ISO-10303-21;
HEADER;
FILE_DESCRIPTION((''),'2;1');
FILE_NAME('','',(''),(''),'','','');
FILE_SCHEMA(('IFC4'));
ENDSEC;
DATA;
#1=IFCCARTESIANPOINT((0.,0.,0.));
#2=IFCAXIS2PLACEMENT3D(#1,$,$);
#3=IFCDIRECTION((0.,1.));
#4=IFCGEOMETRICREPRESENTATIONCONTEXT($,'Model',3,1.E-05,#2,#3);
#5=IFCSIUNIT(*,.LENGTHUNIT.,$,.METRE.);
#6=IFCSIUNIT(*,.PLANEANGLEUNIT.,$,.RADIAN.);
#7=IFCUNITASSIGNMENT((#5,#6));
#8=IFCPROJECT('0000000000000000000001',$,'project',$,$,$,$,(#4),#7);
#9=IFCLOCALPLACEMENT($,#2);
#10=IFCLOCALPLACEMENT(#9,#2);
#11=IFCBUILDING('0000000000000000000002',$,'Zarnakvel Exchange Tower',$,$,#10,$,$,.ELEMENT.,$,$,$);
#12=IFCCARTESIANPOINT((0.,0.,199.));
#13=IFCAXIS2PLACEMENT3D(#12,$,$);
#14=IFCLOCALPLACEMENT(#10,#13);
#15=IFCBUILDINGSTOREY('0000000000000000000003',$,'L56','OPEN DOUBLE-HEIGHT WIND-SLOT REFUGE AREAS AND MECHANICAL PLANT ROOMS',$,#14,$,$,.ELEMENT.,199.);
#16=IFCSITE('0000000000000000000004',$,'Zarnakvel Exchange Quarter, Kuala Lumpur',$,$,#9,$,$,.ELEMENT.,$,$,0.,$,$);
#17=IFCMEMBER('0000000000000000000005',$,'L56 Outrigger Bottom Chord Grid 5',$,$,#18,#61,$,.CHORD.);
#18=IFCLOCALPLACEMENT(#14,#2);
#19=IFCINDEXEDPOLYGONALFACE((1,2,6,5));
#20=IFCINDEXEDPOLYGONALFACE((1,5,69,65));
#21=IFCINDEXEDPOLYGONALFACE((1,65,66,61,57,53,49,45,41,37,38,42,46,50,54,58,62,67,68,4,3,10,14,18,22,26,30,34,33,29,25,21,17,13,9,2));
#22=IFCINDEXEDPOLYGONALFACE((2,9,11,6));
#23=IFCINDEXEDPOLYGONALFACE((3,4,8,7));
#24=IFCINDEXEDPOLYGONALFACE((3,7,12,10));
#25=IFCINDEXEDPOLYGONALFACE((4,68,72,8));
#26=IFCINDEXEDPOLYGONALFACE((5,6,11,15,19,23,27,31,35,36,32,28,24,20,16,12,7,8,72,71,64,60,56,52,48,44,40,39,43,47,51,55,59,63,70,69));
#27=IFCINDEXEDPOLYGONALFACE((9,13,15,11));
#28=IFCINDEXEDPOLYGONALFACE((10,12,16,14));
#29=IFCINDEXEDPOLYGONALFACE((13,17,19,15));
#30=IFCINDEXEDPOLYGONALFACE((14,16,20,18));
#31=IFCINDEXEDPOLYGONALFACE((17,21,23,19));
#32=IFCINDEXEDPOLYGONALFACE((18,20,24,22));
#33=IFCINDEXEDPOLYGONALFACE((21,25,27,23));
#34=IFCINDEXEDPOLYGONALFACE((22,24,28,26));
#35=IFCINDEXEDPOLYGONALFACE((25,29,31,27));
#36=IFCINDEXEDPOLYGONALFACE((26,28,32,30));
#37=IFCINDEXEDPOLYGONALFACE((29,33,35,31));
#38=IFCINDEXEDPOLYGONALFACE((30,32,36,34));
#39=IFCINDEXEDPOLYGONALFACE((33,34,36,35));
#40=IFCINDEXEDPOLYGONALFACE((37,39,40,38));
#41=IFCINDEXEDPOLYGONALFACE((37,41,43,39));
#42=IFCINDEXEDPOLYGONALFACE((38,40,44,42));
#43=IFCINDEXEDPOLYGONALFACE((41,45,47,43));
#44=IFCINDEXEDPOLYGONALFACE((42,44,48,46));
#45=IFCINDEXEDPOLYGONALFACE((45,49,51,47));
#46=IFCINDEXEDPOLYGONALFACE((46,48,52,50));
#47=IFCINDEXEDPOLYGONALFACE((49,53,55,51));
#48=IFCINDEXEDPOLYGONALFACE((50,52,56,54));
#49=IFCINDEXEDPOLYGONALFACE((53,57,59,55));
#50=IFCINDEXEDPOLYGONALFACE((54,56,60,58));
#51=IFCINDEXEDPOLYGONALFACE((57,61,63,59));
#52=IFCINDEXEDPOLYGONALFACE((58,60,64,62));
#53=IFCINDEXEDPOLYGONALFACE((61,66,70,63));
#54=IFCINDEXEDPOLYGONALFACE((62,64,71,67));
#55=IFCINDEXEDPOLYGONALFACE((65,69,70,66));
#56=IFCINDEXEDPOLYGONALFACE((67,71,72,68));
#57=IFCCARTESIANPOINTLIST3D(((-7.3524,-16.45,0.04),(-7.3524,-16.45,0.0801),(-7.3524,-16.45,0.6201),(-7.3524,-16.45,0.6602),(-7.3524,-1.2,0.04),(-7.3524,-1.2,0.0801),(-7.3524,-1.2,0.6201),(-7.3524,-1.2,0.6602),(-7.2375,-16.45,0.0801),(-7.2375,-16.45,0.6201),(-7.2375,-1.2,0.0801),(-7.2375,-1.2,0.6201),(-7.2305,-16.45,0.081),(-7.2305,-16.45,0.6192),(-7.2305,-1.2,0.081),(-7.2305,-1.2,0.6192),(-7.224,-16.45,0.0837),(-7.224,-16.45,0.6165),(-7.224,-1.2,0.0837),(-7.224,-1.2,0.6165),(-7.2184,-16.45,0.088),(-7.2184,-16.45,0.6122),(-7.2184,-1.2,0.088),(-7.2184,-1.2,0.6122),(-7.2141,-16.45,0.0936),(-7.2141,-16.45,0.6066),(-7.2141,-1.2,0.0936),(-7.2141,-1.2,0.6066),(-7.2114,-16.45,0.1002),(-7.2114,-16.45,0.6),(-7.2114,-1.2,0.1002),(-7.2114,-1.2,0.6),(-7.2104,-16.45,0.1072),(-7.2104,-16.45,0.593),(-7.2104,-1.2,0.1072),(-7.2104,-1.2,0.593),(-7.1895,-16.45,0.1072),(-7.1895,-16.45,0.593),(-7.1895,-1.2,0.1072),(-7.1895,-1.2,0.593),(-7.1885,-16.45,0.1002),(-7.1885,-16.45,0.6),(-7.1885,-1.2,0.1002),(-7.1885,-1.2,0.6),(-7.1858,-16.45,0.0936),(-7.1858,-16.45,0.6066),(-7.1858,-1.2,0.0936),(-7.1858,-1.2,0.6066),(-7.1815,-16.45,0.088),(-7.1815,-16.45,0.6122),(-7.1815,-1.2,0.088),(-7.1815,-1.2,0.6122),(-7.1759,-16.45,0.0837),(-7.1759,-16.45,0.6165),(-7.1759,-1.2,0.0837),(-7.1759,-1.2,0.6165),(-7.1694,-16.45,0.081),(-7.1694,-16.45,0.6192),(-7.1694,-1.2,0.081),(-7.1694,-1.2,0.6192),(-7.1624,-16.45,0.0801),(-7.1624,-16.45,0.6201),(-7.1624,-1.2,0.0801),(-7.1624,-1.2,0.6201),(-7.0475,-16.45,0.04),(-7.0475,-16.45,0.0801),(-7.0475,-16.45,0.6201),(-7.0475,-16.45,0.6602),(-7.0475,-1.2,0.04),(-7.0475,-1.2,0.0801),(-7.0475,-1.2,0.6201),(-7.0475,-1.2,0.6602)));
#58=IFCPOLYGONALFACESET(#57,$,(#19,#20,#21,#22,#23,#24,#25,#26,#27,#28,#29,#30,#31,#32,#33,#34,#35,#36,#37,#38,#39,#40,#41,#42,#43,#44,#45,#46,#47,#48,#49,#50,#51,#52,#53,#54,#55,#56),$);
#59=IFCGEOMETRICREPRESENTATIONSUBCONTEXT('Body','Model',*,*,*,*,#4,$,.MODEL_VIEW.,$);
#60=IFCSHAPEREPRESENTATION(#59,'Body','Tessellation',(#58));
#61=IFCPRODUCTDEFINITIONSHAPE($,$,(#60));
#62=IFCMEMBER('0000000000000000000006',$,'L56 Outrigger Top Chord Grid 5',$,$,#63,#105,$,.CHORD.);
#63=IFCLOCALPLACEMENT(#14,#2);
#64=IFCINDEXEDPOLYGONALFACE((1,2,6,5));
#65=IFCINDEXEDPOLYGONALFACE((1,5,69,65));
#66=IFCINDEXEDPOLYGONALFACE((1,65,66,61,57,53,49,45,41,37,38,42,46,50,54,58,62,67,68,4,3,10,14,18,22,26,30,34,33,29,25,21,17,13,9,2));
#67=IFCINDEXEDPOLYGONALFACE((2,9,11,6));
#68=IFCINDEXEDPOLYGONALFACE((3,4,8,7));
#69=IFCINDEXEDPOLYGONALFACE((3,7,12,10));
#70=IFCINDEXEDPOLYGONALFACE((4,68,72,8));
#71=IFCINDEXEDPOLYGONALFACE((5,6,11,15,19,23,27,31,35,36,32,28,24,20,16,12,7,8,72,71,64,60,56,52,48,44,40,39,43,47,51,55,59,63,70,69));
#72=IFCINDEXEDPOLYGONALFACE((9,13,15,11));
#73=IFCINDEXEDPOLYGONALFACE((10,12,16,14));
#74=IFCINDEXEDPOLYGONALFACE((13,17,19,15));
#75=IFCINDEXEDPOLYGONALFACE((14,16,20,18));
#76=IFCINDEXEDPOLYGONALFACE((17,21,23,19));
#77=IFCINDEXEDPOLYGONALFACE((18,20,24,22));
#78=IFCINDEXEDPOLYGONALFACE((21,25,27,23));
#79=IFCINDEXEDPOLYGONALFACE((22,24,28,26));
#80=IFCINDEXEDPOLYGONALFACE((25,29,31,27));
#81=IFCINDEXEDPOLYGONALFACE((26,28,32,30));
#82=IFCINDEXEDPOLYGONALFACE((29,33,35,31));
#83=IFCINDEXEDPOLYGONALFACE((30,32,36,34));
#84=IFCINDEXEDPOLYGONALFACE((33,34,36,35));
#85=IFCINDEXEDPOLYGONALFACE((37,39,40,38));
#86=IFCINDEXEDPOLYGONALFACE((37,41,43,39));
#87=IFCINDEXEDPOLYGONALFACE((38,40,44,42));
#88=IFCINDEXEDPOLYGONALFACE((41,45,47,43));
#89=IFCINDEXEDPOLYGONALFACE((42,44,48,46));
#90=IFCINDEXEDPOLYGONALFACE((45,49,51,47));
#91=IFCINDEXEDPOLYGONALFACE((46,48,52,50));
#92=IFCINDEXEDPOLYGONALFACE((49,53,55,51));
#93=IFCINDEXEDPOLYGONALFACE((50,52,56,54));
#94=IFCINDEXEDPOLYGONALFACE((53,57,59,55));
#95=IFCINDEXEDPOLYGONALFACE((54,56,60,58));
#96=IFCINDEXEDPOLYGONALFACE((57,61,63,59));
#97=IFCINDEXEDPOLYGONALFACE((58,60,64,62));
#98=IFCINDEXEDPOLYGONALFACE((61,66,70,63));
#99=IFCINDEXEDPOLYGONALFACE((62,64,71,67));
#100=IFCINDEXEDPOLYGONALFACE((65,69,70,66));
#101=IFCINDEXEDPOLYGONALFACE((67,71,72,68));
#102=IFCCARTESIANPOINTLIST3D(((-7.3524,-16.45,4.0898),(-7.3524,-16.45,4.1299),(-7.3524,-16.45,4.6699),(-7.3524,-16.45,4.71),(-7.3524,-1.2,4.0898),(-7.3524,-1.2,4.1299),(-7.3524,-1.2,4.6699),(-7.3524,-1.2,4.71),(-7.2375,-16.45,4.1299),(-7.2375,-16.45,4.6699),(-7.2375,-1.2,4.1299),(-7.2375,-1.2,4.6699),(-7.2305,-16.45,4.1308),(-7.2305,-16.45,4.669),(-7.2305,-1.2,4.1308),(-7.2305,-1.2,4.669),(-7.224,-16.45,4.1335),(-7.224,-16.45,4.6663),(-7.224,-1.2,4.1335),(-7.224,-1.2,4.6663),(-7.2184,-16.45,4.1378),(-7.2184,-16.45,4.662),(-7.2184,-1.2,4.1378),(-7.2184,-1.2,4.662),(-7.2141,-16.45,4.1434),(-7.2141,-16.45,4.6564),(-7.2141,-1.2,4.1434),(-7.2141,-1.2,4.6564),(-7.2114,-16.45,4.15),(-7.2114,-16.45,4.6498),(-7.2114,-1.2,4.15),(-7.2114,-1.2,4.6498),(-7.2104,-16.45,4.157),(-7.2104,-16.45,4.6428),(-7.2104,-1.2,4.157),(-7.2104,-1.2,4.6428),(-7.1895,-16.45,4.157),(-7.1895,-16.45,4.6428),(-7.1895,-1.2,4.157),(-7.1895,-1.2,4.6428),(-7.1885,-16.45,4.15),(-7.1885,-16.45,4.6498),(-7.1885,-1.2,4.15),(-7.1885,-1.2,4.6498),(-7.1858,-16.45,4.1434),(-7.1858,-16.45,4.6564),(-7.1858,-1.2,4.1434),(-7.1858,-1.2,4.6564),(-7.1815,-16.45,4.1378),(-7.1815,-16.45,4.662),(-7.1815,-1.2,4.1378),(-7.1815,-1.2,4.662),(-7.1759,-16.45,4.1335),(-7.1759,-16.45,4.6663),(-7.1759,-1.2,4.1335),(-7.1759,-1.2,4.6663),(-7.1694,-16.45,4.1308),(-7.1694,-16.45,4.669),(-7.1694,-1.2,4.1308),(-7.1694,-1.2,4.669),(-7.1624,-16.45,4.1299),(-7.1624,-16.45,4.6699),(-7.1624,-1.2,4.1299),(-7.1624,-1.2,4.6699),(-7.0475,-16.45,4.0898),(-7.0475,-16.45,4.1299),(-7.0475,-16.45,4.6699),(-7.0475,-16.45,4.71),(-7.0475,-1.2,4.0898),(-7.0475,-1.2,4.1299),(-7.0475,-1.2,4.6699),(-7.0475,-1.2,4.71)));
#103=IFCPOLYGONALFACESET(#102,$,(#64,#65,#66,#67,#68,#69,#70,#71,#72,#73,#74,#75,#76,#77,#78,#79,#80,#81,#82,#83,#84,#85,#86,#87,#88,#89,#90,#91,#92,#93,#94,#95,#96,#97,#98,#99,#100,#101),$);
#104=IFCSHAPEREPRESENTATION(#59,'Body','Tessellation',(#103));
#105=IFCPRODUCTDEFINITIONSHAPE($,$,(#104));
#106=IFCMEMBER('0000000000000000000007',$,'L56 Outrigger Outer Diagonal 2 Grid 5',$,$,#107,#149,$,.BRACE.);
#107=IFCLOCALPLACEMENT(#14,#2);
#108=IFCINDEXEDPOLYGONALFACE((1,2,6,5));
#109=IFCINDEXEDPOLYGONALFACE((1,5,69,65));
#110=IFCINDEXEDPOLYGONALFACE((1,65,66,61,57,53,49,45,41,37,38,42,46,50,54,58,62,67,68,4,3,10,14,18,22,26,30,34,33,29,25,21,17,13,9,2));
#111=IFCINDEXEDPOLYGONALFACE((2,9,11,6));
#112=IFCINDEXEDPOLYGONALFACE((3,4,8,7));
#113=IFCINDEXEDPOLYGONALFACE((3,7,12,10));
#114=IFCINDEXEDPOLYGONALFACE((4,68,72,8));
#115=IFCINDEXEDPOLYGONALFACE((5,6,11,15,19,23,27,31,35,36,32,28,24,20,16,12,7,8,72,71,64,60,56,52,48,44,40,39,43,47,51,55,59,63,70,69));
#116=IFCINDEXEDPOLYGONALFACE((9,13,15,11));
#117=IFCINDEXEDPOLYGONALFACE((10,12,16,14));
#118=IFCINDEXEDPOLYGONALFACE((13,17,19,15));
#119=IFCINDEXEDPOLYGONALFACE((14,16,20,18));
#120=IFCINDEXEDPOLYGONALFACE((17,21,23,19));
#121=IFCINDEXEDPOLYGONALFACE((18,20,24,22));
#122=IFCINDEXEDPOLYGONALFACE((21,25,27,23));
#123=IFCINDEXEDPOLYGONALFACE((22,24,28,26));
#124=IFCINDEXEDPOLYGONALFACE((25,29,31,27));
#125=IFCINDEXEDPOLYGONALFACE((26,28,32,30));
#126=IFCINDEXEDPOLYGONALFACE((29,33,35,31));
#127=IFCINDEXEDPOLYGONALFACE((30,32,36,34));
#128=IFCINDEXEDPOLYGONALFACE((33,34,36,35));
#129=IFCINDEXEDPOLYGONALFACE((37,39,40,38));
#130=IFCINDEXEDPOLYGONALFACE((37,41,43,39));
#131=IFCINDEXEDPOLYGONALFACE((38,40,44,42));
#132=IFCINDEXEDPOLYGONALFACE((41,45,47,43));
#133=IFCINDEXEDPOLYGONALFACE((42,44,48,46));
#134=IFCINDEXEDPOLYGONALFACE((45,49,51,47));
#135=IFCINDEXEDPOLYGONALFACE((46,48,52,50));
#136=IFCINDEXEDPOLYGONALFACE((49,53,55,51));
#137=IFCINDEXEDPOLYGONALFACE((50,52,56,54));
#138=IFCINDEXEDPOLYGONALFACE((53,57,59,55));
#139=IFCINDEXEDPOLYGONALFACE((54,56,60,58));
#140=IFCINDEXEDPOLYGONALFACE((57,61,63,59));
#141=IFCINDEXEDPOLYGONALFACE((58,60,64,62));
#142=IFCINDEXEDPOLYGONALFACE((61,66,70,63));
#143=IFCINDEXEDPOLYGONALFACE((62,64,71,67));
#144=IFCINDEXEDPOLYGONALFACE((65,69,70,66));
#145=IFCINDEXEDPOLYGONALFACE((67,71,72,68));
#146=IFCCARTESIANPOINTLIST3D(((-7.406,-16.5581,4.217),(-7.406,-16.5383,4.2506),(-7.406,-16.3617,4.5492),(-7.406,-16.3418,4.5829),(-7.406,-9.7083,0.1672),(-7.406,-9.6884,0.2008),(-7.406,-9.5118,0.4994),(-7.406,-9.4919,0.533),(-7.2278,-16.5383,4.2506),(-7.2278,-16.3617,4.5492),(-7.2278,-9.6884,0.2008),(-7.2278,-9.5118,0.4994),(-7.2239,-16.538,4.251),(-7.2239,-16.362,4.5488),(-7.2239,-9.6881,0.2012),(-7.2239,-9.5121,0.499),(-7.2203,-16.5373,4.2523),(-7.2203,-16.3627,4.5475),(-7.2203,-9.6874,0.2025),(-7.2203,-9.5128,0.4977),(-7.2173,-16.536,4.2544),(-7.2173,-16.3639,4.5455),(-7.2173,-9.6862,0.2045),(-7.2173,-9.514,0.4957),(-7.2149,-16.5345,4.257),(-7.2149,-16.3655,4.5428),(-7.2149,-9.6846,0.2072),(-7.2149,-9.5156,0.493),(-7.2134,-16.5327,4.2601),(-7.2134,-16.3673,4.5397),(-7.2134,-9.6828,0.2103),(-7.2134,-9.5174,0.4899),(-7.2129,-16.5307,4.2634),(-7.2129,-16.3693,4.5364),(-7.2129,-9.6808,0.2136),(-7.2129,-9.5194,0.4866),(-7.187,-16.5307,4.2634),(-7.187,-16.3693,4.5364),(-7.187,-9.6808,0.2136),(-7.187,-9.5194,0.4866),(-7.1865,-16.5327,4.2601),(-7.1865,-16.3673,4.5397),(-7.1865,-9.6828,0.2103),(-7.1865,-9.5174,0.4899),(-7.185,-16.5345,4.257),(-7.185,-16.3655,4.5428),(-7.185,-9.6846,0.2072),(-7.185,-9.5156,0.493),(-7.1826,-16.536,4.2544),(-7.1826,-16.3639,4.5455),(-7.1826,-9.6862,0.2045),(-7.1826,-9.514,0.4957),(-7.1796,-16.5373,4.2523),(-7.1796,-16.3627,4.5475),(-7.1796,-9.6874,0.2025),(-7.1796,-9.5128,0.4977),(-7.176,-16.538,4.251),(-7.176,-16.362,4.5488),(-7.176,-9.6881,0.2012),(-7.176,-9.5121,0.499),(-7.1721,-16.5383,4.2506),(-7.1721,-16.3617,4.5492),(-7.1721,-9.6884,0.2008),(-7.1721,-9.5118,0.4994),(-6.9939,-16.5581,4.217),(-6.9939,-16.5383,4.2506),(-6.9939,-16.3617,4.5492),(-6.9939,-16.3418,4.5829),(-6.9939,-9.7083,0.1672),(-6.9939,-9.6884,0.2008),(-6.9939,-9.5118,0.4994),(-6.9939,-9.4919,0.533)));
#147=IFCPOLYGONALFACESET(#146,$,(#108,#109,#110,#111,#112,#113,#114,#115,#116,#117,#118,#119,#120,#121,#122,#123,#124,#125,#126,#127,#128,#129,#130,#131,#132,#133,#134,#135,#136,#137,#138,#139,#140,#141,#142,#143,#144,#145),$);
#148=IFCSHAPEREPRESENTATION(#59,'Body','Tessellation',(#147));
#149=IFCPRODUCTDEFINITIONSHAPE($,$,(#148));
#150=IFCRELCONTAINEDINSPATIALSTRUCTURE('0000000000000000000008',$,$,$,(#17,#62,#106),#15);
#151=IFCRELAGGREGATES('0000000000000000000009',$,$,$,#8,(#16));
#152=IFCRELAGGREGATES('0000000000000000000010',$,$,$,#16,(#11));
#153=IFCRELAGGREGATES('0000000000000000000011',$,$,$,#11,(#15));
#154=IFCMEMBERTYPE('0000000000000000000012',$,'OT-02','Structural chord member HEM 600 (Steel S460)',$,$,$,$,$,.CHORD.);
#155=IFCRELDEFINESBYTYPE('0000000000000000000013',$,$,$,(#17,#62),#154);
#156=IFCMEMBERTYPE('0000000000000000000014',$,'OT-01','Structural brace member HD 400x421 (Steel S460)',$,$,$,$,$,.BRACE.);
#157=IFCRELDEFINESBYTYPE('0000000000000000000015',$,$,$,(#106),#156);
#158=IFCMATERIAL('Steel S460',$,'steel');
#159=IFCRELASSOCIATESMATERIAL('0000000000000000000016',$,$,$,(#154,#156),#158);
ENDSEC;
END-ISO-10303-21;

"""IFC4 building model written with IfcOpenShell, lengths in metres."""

from ifc_helpers import new_model, si_unit, direction, frame, origin, origin_2d, place, context, subcontext, project, spatial, i_section, extrude, source, transform, mapped, material, material_profile, profile_set, type_object, element, save


model = new_model("IFC4")

# Units and contexts
model_context = context("Model", 3, precision=1e-05, world=origin(), true_north=direction((0.0, 1.0)))
body_context = subcontext(model_context, "Body", "Model", "MODEL_VIEW")
ifc_project = project(units=[si_unit("LENGTHUNIT", "METRE"), si_unit("PLANEANGLEUNIT", "RADIAN")], contexts=[model_context])

# Site, building, storey
site_placement = place(None, origin())
site = spatial("IfcSite", under=ifc_project, at=site_placement, Name="Zarnakvel Exchange Quarter, Kuala Lumpur", CompositionType="ELEMENT", RefElevation=0.0)
building_placement = place(site_placement, origin())
building = spatial("IfcBuilding", under=site, at=building_placement, Name="Zarnakvel Exchange Tower", CompositionType="ELEMENT")
storey_placement = place(building_placement, frame((0.0, 0.0, 199.0)))
storey = spatial("IfcBuildingStorey", under=building, at=storey_placement, Name="L56", Description="OPEN DOUBLE-HEIGHT WIND-SLOT REFUGE AREAS AND MECHANICAL PLANT ROOMS", CompositionType="ELEMENT", Elevation=199.0)

# Shared definitions
ifc_material_1 = material(Name="Steel S460", Category="steel")

# Members
ifc_material_profile_1 = material_profile(ifc_material_1, i_section(OverallWidth=0.3049, OverallDepth=0.6201, WebThickness=0.021, FlangeThickness=0.04, FilletRadius=0.0271, at=origin_2d()))
ifc_profile_set_1 = profile_set([ifc_material_profile_1], Name="Steel S460")
member_type_1 = type_object("IfcMemberType", Name="OT-02", Description="Structural chord member HEM 600 (Steel S460)", PredefinedType="CHORD", material=ifc_profile_set_1)
shared_shape_1 = source(origin(), body_context, "Body", "SweptSolid", [
    extrude(i_section(OverallWidth=0.3049, OverallDepth=0.6201, WebThickness=0.021, FlangeThickness=0.04, FilletRadius=0.0271, at=origin_2d()), origin(), (0.0, 0.0, 1.0), 15.25),
])
for number, where, z_axis, x_axis, name in (
    (1, (-7.2, -16.45, 0.3501), (0.0, 1.0, 0.0), (-1.0, 0.0, 0.0), "L56 Outrigger Bottom Chord Grid 5"),
    (2, (-7.2, -16.45, 4.3999), (0.0, 1.0, 0.0), (-1.0, 0.0, 0.0), "L56 Outrigger Top Chord Grid 5"),
):
    element("IfcMember", number, at=place(storey_placement, frame(where, z_axis=z_axis, x_axis=x_axis)), inside=storey, type_object=member_type_1, Name=name, PredefinedType="CHORD", context=body_context, shape_type="MappedRepresentation", body=[
        mapped(shared_shape_1, transform((0.0, 0.0, 0.0), x_axis=(1.0, 0.0, 0.0), y_axis=(0.0, 1.0, 0.0), z_axis=(0.0, 0.0, 1.0), scale=1.0)),
    ])
ifc_material_profile_2 = material_profile(ifc_material_1, i_section(OverallWidth=0.4121, OverallDepth=0.425, WebThickness=0.0259, FlangeThickness=0.0391, FilletRadius=0.0149, at=origin_2d()))
ifc_profile_set_2 = profile_set([ifc_material_profile_2], Name="Steel S460")
member_type_2 = type_object("IfcMemberType", Name="OT-01", Description="Structural brace member HD 400x421 (Steel S460)", PredefinedType="BRACE", material=ifc_profile_set_2)
shared_shape_2 = source(origin(), body_context, "Body", "SweptSolid", [
    extrude(i_section(OverallWidth=0.4121, OverallDepth=0.425, WebThickness=0.0259, FlangeThickness=0.0391, FilletRadius=0.0149, at=origin_2d()), origin(), (0.0, 0.0, 1.0), 7.9575),
])
member_1_placement = place(storey_placement, frame((-7.2, -9.6001, 0.3501), z_axis=(0.0, -0.860807, 0.508931), x_axis=(1.0, 0.0, 0.0)))
element("IfcMember", 3, at=member_1_placement, inside=storey, type_object=member_type_2, Name="L56 Outrigger Outer Diagonal 2 Grid 5", PredefinedType="BRACE", context=body_context, shape_type="MappedRepresentation", body=[
    mapped(shared_shape_2, transform((0.0, 0.0, 0.0), x_axis=(1.0, 0.0, 0.0), y_axis=(0.0, 1.0, 0.0), z_axis=(0.0, 0.0, 1.0), scale=1.0)),
])

save(model, "model.ifc")
